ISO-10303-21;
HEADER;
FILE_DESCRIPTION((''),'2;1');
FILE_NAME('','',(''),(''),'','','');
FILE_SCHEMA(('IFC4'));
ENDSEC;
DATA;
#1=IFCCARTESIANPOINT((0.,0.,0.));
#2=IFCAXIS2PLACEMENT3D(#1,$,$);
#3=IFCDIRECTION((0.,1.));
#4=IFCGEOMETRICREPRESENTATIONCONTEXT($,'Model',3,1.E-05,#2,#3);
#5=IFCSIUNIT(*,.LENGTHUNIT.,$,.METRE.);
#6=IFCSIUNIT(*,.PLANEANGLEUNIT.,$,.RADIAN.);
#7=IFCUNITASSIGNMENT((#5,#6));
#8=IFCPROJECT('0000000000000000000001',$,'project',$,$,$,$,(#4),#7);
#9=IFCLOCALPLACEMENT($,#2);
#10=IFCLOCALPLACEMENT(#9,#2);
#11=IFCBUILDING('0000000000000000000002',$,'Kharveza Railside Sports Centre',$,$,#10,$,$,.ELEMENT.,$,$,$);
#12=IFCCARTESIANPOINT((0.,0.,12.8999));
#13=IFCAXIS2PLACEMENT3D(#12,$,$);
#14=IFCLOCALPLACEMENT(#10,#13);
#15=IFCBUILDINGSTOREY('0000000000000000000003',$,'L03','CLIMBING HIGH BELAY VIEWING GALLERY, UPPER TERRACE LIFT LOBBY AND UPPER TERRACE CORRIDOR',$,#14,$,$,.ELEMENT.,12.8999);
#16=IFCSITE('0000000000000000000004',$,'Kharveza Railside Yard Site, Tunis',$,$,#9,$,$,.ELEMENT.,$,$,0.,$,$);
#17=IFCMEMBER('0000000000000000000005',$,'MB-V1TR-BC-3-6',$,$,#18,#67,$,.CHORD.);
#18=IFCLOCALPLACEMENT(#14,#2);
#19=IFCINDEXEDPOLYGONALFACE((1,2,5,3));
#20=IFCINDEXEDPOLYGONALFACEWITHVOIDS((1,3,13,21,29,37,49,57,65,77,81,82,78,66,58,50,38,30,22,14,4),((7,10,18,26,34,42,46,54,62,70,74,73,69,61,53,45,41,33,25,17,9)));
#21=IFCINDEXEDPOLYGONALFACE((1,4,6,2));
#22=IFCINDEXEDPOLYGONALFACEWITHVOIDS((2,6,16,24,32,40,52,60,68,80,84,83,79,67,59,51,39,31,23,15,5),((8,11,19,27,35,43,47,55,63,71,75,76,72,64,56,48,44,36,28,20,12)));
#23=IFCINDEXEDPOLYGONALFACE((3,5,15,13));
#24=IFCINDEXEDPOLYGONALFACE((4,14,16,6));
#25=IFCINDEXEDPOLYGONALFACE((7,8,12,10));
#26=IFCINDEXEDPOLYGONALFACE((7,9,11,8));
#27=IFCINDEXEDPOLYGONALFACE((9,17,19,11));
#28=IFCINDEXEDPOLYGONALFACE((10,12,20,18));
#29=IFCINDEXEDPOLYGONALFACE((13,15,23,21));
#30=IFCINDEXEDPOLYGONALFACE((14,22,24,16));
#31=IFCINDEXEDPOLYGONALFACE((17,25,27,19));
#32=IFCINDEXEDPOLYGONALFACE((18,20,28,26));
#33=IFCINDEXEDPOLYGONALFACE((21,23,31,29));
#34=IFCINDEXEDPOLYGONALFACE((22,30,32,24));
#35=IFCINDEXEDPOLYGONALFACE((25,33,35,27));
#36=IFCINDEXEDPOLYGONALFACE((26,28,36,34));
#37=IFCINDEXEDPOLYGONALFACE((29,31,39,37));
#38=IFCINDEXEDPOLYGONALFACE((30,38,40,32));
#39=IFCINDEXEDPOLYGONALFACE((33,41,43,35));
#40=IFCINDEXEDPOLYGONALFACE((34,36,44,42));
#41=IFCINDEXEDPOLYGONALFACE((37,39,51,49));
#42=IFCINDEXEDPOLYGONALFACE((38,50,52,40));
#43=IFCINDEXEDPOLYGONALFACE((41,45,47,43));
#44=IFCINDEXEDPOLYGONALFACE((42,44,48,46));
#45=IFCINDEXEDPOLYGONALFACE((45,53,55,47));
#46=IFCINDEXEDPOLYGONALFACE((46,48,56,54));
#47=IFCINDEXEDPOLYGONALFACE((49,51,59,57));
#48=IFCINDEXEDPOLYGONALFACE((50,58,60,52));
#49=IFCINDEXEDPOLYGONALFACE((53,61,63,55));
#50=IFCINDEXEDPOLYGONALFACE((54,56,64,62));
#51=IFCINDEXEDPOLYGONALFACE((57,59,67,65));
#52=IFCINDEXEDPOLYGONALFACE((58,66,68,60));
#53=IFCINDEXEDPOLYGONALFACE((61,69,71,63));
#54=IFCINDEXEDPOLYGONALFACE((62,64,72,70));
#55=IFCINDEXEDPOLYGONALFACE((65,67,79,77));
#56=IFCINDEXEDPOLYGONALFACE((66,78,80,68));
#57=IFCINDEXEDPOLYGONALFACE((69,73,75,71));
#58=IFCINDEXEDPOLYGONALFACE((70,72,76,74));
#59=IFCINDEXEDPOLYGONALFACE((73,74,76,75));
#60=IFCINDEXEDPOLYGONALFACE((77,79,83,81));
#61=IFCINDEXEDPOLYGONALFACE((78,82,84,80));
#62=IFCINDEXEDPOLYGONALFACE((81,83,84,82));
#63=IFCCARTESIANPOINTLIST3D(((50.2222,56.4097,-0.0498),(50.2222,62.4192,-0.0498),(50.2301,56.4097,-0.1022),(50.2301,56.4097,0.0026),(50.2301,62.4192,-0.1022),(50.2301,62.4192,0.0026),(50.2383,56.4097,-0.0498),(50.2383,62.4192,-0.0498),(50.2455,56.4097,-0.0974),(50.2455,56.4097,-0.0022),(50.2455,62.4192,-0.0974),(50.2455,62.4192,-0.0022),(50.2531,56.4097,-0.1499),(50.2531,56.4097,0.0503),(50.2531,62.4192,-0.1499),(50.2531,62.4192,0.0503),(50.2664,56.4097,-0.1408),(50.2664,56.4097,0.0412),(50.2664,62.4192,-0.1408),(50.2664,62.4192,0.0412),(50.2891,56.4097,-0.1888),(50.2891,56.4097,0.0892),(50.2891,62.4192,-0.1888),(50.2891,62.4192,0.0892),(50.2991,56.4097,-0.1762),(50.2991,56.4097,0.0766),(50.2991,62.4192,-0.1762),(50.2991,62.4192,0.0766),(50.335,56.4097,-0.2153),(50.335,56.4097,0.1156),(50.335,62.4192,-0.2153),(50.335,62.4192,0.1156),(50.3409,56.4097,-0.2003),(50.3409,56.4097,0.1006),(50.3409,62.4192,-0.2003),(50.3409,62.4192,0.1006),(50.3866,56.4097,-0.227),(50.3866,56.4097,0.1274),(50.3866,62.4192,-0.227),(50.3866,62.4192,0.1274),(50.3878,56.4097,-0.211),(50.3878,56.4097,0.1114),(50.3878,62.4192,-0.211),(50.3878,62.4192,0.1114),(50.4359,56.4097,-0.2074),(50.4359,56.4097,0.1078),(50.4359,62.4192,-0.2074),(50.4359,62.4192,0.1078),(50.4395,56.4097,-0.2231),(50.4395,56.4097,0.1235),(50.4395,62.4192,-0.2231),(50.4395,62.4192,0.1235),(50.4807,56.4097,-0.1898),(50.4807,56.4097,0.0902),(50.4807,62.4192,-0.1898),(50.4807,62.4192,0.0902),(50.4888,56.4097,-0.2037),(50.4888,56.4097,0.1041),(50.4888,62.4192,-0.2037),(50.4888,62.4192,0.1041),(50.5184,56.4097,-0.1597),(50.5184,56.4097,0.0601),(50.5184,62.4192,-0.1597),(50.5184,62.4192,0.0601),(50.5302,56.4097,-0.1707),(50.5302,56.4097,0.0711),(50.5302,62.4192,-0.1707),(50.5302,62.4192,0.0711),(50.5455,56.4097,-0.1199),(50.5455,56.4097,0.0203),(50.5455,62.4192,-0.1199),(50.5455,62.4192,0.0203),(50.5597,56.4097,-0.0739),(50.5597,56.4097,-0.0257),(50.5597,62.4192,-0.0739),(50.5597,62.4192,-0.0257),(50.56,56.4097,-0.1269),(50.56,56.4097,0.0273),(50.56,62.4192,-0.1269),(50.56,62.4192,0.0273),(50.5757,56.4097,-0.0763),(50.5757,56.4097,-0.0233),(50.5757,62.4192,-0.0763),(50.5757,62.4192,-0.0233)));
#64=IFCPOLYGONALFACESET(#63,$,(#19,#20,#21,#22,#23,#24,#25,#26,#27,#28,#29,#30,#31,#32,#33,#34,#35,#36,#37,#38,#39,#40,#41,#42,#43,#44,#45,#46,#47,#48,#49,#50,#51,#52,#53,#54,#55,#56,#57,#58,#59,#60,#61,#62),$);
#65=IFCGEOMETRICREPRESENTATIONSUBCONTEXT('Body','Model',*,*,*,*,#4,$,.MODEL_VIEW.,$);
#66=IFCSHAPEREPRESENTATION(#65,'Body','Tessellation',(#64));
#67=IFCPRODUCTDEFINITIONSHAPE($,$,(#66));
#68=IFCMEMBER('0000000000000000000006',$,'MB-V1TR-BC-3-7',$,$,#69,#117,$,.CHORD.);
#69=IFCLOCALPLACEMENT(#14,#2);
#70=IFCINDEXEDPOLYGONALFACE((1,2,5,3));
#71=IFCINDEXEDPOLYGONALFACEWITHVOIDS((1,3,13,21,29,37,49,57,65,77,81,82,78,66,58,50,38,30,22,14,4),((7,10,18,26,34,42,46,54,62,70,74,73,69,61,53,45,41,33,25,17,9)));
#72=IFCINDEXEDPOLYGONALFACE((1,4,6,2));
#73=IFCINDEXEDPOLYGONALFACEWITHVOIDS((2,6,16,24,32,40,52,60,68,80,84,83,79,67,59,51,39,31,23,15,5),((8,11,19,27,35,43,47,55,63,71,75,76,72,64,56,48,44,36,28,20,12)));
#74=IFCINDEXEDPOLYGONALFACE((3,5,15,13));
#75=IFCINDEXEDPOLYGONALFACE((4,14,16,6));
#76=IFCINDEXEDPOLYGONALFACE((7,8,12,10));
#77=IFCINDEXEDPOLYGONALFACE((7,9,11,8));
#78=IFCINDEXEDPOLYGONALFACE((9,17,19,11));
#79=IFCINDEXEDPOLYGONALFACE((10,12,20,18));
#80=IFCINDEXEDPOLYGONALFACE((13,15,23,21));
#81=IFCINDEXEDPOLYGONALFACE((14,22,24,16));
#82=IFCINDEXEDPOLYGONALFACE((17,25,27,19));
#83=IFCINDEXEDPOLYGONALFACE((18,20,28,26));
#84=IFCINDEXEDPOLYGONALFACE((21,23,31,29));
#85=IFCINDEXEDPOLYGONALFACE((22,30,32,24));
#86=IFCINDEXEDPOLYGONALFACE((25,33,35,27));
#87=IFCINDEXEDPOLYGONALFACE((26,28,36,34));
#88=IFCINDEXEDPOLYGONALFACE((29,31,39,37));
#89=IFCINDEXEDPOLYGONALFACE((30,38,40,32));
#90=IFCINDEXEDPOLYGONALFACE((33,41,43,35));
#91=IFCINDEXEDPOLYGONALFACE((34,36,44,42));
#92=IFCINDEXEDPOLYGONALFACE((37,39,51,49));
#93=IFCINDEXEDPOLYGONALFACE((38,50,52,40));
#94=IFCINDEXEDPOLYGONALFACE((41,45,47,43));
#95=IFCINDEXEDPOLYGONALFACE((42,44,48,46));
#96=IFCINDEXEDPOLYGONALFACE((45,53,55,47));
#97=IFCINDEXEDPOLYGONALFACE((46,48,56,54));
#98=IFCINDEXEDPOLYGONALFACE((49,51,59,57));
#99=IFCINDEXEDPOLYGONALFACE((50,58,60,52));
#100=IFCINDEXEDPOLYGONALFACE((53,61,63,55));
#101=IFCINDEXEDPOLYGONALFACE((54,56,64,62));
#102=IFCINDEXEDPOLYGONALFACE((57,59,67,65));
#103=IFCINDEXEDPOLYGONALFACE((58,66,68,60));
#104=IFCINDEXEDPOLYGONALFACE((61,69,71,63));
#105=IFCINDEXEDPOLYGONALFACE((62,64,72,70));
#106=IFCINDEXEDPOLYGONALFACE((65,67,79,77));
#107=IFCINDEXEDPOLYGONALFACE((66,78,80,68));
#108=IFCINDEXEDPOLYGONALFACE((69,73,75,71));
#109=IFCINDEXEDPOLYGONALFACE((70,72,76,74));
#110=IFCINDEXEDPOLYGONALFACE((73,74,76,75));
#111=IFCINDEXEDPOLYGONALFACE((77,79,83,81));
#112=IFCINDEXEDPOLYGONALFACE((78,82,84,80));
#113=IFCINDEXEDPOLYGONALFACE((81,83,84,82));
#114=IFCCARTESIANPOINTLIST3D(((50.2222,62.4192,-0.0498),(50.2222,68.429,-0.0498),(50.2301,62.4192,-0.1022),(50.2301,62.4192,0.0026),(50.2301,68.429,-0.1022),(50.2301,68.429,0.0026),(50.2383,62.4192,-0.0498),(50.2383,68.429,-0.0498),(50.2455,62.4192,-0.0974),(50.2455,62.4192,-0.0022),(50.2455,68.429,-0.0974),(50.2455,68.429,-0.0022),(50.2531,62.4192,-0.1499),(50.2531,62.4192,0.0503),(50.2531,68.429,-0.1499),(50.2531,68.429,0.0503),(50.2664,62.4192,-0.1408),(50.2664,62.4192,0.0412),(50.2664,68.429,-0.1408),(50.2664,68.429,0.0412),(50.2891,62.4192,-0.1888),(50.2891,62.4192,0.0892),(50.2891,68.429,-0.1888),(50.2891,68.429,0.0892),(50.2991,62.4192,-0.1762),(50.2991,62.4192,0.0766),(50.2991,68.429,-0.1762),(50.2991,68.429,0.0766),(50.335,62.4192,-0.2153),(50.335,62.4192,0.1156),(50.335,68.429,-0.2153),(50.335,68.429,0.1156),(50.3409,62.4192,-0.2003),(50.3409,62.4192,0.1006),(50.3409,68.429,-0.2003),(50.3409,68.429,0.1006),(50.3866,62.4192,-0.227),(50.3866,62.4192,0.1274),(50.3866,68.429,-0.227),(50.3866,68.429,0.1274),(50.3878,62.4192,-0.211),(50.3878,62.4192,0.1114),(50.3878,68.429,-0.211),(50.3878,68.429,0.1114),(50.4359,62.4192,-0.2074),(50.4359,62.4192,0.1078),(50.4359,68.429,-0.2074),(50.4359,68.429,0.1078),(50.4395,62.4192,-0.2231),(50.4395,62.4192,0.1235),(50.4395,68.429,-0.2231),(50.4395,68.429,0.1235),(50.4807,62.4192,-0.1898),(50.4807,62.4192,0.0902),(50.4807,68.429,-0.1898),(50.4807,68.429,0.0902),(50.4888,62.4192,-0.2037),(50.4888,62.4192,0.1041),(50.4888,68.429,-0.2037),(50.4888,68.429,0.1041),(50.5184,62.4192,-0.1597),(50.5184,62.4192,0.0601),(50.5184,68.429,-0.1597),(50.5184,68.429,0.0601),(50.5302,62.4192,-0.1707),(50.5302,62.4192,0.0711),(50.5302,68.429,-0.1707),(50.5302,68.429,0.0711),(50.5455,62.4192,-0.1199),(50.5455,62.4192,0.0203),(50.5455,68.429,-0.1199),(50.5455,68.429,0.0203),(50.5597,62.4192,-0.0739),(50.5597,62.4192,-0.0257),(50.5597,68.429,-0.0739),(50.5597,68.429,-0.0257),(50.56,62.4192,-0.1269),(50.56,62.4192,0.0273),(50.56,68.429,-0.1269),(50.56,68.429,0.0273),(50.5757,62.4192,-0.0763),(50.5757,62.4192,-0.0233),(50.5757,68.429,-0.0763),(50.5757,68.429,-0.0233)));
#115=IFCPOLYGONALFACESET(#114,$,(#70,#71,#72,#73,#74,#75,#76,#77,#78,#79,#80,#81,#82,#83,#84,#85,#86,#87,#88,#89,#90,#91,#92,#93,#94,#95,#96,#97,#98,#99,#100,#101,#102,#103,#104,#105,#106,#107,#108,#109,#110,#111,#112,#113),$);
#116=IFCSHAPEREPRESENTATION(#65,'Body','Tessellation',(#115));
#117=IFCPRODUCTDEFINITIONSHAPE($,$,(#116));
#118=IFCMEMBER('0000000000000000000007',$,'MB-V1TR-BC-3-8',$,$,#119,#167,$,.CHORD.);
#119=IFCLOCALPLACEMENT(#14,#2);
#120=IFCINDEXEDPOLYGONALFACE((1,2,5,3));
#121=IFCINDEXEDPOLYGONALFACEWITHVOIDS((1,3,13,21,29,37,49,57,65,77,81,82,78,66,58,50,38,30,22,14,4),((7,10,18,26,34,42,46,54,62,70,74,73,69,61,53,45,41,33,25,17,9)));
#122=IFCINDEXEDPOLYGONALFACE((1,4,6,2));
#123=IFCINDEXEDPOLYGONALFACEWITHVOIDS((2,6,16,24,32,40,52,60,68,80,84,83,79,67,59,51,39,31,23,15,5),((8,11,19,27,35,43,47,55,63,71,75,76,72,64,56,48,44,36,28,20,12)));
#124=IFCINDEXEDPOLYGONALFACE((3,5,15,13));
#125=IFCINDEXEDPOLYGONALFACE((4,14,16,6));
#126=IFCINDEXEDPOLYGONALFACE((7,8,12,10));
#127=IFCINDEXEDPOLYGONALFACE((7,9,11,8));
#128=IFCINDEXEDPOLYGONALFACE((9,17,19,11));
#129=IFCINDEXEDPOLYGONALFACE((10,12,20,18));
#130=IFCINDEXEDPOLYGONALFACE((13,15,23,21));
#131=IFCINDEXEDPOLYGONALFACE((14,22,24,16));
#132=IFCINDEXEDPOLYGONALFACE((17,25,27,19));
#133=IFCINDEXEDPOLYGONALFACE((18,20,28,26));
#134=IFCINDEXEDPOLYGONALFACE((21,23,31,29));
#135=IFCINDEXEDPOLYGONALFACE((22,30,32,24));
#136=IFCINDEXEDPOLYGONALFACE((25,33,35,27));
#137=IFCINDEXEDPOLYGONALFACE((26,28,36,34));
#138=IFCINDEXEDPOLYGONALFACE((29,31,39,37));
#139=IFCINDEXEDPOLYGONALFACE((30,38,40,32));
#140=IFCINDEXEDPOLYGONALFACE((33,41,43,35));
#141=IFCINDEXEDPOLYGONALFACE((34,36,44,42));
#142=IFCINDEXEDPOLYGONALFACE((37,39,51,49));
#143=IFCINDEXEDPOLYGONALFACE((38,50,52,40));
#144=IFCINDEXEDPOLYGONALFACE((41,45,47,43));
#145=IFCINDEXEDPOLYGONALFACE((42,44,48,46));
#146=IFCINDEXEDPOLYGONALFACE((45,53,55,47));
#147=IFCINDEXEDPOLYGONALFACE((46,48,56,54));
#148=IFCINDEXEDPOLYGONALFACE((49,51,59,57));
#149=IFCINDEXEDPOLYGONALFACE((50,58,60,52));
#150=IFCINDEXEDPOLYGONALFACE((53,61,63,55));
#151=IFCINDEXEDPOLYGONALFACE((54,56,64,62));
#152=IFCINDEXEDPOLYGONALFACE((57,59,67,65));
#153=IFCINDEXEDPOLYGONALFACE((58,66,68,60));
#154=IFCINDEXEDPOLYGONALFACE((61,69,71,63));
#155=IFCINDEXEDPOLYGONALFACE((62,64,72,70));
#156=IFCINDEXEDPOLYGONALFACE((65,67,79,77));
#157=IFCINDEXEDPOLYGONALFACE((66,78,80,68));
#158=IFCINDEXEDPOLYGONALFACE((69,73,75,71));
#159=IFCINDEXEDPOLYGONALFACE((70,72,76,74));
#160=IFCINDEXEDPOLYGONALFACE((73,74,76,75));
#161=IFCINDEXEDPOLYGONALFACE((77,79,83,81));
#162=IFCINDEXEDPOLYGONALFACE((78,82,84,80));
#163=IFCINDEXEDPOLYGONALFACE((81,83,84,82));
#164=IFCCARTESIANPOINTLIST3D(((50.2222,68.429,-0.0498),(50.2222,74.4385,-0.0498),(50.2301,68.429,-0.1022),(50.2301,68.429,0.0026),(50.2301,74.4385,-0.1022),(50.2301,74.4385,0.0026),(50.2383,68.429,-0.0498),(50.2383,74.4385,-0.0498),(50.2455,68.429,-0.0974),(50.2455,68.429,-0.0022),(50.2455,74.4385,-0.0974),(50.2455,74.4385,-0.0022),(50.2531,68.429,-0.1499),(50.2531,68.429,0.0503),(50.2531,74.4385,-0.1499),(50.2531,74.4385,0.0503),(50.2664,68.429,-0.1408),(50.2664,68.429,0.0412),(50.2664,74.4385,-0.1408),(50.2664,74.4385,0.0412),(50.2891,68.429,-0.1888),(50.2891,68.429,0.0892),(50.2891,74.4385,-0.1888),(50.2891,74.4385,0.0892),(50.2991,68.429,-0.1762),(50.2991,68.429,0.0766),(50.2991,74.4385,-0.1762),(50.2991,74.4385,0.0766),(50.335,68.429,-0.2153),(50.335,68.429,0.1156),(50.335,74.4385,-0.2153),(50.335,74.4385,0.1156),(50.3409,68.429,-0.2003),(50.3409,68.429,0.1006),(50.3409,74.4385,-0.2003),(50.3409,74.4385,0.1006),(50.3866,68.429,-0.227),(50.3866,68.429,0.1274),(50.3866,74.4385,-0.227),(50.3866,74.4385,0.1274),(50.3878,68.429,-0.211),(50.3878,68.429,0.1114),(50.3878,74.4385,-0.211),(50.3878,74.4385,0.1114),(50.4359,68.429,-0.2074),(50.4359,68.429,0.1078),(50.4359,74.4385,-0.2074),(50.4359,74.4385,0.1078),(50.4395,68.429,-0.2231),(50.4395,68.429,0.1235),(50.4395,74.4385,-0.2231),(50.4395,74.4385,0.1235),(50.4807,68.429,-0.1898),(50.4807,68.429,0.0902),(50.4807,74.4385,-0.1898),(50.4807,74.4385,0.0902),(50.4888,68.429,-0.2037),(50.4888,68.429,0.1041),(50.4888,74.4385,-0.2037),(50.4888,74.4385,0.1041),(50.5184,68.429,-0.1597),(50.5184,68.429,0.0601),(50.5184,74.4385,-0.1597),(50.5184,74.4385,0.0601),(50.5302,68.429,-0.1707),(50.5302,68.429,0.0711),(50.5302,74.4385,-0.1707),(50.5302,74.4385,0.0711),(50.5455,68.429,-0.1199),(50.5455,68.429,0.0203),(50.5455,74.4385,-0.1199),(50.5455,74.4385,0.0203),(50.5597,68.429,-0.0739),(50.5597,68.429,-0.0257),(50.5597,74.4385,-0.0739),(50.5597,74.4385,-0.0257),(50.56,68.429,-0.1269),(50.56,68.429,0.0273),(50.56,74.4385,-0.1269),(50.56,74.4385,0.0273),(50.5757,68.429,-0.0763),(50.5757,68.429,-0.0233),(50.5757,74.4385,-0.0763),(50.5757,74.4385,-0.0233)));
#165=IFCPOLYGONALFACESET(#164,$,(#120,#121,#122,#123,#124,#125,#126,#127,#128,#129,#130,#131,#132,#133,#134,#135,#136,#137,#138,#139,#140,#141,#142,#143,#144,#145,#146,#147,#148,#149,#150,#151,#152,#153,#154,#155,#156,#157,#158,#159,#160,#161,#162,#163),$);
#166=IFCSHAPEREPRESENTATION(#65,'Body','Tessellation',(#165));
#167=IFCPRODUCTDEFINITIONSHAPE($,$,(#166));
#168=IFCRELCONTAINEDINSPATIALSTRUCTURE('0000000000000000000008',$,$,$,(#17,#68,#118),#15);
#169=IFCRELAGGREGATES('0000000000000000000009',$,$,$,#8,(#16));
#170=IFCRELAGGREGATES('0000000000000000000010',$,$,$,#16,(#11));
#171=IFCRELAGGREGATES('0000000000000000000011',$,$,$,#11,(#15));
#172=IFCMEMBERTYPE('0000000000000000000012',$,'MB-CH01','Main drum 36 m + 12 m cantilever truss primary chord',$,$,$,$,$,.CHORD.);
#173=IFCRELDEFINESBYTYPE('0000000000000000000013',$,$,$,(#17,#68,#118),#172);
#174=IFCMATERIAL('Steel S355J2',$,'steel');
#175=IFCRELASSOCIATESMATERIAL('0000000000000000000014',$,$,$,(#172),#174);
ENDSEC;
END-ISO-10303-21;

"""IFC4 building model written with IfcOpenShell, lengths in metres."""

from ifc_helpers import new_model, si_unit, direction, frame, origin, origin_2d, place, context, subcontext, project, spatial, hollow_circle, extrude, material, material_profile, profile_set, type_object, element, save


model = new_model("IFC4")

# Units and contexts
model_context = context("Model", 3, precision=1e-05, world=origin(), true_north=direction((0.0, 1.0)))
body_context = subcontext(model_context, "Body", "Model", "MODEL_VIEW")
ifc_project = project(units=[si_unit("LENGTHUNIT", "METRE"), si_unit("PLANEANGLEUNIT", "RADIAN")], contexts=[model_context])

# Site, building, storey
site_placement = place(None, origin())
site = spatial("IfcSite", under=ifc_project, at=site_placement, Name="Kharveza Railside Yard Site, Tunis", CompositionType="ELEMENT", RefElevation=0.0)
building_placement = place(site_placement, origin())
building = spatial("IfcBuilding", under=site, at=building_placement, Name="Kharveza Railside Sports Centre", CompositionType="ELEMENT")
storey_placement = place(building_placement, frame((0.0, 0.0, 12.8999)))
storey = spatial("IfcBuildingStorey", under=building, at=storey_placement, Name="L03", Description="CLIMBING HIGH BELAY VIEWING GALLERY, UPPER TERRACE LIFT LOBBY AND UPPER TERRACE CORRIDOR", CompositionType="ELEMENT", Elevation=12.8999)

# Members
ifc_material_1 = material(Name="Steel S355J2", Category="steel")
ifc_material_profile_1 = material_profile(ifc_material_1, hollow_circle(Radius=0.1777, WallThickness=0.0161, at=origin_2d()), Name="CHS 355.6x16.0")
ifc_profile_set_1 = profile_set([ifc_material_profile_1], Name="Steel S355J2")
member_type_1 = type_object("IfcMemberType", Name="MB-CH01", Description="Main drum 36 m + 12 m cantilever truss primary chord", PredefinedType="CHORD", material=ifc_profile_set_1)
member_1_placement = place(storey_placement, frame((50.3999, 56.4097, -0.0498), z_axis=(0.0, 1.0, 0.0), x_axis=(-1.0, 0.0, 0.0)))
element("IfcMember", 1, at=member_1_placement, inside=storey, type_object=member_type_1, Name="MB-V1TR-BC-3-6", PredefinedType="CHORD", context=body_context, shape_type="SweptSolid", body=[
    extrude(hollow_circle(Radius=0.1777, WallThickness=0.0161, at=origin_2d()), origin(), (0.0, 0.0, 1.0), 6.0095),
])
member_2_placement = place(storey_placement, frame((50.3999, 62.4192, -0.0498), z_axis=(0.0, 1.0, 0.0), x_axis=(-1.0, 0.0, 0.0)))
element("IfcMember", 2, at=member_2_placement, inside=storey, type_object=member_type_1, Name="MB-V1TR-BC-3-7", PredefinedType="CHORD", context=body_context, shape_type="SweptSolid", body=[
    extrude(hollow_circle(Radius=0.1777, WallThickness=0.0161, at=origin_2d()), origin(), (0.0, 0.0, 1.0), 6.0098),
])
member_3_placement = place(storey_placement, frame((50.3999, 68.429, -0.0498), z_axis=(0.0, 1.0, 0.0), x_axis=(-1.0, 0.0, 0.0)))
element("IfcMember", 3, at=member_3_placement, inside=storey, type_object=member_type_1, Name="MB-V1TR-BC-3-8", PredefinedType="CHORD", context=body_context, shape_type="SweptSolid", body=[
    extrude(hollow_circle(Radius=0.1777, WallThickness=0.0161, at=origin_2d()), origin(), (0.0, 0.0, 1.0), 6.0095),
])

save(model, "model.ifc")
